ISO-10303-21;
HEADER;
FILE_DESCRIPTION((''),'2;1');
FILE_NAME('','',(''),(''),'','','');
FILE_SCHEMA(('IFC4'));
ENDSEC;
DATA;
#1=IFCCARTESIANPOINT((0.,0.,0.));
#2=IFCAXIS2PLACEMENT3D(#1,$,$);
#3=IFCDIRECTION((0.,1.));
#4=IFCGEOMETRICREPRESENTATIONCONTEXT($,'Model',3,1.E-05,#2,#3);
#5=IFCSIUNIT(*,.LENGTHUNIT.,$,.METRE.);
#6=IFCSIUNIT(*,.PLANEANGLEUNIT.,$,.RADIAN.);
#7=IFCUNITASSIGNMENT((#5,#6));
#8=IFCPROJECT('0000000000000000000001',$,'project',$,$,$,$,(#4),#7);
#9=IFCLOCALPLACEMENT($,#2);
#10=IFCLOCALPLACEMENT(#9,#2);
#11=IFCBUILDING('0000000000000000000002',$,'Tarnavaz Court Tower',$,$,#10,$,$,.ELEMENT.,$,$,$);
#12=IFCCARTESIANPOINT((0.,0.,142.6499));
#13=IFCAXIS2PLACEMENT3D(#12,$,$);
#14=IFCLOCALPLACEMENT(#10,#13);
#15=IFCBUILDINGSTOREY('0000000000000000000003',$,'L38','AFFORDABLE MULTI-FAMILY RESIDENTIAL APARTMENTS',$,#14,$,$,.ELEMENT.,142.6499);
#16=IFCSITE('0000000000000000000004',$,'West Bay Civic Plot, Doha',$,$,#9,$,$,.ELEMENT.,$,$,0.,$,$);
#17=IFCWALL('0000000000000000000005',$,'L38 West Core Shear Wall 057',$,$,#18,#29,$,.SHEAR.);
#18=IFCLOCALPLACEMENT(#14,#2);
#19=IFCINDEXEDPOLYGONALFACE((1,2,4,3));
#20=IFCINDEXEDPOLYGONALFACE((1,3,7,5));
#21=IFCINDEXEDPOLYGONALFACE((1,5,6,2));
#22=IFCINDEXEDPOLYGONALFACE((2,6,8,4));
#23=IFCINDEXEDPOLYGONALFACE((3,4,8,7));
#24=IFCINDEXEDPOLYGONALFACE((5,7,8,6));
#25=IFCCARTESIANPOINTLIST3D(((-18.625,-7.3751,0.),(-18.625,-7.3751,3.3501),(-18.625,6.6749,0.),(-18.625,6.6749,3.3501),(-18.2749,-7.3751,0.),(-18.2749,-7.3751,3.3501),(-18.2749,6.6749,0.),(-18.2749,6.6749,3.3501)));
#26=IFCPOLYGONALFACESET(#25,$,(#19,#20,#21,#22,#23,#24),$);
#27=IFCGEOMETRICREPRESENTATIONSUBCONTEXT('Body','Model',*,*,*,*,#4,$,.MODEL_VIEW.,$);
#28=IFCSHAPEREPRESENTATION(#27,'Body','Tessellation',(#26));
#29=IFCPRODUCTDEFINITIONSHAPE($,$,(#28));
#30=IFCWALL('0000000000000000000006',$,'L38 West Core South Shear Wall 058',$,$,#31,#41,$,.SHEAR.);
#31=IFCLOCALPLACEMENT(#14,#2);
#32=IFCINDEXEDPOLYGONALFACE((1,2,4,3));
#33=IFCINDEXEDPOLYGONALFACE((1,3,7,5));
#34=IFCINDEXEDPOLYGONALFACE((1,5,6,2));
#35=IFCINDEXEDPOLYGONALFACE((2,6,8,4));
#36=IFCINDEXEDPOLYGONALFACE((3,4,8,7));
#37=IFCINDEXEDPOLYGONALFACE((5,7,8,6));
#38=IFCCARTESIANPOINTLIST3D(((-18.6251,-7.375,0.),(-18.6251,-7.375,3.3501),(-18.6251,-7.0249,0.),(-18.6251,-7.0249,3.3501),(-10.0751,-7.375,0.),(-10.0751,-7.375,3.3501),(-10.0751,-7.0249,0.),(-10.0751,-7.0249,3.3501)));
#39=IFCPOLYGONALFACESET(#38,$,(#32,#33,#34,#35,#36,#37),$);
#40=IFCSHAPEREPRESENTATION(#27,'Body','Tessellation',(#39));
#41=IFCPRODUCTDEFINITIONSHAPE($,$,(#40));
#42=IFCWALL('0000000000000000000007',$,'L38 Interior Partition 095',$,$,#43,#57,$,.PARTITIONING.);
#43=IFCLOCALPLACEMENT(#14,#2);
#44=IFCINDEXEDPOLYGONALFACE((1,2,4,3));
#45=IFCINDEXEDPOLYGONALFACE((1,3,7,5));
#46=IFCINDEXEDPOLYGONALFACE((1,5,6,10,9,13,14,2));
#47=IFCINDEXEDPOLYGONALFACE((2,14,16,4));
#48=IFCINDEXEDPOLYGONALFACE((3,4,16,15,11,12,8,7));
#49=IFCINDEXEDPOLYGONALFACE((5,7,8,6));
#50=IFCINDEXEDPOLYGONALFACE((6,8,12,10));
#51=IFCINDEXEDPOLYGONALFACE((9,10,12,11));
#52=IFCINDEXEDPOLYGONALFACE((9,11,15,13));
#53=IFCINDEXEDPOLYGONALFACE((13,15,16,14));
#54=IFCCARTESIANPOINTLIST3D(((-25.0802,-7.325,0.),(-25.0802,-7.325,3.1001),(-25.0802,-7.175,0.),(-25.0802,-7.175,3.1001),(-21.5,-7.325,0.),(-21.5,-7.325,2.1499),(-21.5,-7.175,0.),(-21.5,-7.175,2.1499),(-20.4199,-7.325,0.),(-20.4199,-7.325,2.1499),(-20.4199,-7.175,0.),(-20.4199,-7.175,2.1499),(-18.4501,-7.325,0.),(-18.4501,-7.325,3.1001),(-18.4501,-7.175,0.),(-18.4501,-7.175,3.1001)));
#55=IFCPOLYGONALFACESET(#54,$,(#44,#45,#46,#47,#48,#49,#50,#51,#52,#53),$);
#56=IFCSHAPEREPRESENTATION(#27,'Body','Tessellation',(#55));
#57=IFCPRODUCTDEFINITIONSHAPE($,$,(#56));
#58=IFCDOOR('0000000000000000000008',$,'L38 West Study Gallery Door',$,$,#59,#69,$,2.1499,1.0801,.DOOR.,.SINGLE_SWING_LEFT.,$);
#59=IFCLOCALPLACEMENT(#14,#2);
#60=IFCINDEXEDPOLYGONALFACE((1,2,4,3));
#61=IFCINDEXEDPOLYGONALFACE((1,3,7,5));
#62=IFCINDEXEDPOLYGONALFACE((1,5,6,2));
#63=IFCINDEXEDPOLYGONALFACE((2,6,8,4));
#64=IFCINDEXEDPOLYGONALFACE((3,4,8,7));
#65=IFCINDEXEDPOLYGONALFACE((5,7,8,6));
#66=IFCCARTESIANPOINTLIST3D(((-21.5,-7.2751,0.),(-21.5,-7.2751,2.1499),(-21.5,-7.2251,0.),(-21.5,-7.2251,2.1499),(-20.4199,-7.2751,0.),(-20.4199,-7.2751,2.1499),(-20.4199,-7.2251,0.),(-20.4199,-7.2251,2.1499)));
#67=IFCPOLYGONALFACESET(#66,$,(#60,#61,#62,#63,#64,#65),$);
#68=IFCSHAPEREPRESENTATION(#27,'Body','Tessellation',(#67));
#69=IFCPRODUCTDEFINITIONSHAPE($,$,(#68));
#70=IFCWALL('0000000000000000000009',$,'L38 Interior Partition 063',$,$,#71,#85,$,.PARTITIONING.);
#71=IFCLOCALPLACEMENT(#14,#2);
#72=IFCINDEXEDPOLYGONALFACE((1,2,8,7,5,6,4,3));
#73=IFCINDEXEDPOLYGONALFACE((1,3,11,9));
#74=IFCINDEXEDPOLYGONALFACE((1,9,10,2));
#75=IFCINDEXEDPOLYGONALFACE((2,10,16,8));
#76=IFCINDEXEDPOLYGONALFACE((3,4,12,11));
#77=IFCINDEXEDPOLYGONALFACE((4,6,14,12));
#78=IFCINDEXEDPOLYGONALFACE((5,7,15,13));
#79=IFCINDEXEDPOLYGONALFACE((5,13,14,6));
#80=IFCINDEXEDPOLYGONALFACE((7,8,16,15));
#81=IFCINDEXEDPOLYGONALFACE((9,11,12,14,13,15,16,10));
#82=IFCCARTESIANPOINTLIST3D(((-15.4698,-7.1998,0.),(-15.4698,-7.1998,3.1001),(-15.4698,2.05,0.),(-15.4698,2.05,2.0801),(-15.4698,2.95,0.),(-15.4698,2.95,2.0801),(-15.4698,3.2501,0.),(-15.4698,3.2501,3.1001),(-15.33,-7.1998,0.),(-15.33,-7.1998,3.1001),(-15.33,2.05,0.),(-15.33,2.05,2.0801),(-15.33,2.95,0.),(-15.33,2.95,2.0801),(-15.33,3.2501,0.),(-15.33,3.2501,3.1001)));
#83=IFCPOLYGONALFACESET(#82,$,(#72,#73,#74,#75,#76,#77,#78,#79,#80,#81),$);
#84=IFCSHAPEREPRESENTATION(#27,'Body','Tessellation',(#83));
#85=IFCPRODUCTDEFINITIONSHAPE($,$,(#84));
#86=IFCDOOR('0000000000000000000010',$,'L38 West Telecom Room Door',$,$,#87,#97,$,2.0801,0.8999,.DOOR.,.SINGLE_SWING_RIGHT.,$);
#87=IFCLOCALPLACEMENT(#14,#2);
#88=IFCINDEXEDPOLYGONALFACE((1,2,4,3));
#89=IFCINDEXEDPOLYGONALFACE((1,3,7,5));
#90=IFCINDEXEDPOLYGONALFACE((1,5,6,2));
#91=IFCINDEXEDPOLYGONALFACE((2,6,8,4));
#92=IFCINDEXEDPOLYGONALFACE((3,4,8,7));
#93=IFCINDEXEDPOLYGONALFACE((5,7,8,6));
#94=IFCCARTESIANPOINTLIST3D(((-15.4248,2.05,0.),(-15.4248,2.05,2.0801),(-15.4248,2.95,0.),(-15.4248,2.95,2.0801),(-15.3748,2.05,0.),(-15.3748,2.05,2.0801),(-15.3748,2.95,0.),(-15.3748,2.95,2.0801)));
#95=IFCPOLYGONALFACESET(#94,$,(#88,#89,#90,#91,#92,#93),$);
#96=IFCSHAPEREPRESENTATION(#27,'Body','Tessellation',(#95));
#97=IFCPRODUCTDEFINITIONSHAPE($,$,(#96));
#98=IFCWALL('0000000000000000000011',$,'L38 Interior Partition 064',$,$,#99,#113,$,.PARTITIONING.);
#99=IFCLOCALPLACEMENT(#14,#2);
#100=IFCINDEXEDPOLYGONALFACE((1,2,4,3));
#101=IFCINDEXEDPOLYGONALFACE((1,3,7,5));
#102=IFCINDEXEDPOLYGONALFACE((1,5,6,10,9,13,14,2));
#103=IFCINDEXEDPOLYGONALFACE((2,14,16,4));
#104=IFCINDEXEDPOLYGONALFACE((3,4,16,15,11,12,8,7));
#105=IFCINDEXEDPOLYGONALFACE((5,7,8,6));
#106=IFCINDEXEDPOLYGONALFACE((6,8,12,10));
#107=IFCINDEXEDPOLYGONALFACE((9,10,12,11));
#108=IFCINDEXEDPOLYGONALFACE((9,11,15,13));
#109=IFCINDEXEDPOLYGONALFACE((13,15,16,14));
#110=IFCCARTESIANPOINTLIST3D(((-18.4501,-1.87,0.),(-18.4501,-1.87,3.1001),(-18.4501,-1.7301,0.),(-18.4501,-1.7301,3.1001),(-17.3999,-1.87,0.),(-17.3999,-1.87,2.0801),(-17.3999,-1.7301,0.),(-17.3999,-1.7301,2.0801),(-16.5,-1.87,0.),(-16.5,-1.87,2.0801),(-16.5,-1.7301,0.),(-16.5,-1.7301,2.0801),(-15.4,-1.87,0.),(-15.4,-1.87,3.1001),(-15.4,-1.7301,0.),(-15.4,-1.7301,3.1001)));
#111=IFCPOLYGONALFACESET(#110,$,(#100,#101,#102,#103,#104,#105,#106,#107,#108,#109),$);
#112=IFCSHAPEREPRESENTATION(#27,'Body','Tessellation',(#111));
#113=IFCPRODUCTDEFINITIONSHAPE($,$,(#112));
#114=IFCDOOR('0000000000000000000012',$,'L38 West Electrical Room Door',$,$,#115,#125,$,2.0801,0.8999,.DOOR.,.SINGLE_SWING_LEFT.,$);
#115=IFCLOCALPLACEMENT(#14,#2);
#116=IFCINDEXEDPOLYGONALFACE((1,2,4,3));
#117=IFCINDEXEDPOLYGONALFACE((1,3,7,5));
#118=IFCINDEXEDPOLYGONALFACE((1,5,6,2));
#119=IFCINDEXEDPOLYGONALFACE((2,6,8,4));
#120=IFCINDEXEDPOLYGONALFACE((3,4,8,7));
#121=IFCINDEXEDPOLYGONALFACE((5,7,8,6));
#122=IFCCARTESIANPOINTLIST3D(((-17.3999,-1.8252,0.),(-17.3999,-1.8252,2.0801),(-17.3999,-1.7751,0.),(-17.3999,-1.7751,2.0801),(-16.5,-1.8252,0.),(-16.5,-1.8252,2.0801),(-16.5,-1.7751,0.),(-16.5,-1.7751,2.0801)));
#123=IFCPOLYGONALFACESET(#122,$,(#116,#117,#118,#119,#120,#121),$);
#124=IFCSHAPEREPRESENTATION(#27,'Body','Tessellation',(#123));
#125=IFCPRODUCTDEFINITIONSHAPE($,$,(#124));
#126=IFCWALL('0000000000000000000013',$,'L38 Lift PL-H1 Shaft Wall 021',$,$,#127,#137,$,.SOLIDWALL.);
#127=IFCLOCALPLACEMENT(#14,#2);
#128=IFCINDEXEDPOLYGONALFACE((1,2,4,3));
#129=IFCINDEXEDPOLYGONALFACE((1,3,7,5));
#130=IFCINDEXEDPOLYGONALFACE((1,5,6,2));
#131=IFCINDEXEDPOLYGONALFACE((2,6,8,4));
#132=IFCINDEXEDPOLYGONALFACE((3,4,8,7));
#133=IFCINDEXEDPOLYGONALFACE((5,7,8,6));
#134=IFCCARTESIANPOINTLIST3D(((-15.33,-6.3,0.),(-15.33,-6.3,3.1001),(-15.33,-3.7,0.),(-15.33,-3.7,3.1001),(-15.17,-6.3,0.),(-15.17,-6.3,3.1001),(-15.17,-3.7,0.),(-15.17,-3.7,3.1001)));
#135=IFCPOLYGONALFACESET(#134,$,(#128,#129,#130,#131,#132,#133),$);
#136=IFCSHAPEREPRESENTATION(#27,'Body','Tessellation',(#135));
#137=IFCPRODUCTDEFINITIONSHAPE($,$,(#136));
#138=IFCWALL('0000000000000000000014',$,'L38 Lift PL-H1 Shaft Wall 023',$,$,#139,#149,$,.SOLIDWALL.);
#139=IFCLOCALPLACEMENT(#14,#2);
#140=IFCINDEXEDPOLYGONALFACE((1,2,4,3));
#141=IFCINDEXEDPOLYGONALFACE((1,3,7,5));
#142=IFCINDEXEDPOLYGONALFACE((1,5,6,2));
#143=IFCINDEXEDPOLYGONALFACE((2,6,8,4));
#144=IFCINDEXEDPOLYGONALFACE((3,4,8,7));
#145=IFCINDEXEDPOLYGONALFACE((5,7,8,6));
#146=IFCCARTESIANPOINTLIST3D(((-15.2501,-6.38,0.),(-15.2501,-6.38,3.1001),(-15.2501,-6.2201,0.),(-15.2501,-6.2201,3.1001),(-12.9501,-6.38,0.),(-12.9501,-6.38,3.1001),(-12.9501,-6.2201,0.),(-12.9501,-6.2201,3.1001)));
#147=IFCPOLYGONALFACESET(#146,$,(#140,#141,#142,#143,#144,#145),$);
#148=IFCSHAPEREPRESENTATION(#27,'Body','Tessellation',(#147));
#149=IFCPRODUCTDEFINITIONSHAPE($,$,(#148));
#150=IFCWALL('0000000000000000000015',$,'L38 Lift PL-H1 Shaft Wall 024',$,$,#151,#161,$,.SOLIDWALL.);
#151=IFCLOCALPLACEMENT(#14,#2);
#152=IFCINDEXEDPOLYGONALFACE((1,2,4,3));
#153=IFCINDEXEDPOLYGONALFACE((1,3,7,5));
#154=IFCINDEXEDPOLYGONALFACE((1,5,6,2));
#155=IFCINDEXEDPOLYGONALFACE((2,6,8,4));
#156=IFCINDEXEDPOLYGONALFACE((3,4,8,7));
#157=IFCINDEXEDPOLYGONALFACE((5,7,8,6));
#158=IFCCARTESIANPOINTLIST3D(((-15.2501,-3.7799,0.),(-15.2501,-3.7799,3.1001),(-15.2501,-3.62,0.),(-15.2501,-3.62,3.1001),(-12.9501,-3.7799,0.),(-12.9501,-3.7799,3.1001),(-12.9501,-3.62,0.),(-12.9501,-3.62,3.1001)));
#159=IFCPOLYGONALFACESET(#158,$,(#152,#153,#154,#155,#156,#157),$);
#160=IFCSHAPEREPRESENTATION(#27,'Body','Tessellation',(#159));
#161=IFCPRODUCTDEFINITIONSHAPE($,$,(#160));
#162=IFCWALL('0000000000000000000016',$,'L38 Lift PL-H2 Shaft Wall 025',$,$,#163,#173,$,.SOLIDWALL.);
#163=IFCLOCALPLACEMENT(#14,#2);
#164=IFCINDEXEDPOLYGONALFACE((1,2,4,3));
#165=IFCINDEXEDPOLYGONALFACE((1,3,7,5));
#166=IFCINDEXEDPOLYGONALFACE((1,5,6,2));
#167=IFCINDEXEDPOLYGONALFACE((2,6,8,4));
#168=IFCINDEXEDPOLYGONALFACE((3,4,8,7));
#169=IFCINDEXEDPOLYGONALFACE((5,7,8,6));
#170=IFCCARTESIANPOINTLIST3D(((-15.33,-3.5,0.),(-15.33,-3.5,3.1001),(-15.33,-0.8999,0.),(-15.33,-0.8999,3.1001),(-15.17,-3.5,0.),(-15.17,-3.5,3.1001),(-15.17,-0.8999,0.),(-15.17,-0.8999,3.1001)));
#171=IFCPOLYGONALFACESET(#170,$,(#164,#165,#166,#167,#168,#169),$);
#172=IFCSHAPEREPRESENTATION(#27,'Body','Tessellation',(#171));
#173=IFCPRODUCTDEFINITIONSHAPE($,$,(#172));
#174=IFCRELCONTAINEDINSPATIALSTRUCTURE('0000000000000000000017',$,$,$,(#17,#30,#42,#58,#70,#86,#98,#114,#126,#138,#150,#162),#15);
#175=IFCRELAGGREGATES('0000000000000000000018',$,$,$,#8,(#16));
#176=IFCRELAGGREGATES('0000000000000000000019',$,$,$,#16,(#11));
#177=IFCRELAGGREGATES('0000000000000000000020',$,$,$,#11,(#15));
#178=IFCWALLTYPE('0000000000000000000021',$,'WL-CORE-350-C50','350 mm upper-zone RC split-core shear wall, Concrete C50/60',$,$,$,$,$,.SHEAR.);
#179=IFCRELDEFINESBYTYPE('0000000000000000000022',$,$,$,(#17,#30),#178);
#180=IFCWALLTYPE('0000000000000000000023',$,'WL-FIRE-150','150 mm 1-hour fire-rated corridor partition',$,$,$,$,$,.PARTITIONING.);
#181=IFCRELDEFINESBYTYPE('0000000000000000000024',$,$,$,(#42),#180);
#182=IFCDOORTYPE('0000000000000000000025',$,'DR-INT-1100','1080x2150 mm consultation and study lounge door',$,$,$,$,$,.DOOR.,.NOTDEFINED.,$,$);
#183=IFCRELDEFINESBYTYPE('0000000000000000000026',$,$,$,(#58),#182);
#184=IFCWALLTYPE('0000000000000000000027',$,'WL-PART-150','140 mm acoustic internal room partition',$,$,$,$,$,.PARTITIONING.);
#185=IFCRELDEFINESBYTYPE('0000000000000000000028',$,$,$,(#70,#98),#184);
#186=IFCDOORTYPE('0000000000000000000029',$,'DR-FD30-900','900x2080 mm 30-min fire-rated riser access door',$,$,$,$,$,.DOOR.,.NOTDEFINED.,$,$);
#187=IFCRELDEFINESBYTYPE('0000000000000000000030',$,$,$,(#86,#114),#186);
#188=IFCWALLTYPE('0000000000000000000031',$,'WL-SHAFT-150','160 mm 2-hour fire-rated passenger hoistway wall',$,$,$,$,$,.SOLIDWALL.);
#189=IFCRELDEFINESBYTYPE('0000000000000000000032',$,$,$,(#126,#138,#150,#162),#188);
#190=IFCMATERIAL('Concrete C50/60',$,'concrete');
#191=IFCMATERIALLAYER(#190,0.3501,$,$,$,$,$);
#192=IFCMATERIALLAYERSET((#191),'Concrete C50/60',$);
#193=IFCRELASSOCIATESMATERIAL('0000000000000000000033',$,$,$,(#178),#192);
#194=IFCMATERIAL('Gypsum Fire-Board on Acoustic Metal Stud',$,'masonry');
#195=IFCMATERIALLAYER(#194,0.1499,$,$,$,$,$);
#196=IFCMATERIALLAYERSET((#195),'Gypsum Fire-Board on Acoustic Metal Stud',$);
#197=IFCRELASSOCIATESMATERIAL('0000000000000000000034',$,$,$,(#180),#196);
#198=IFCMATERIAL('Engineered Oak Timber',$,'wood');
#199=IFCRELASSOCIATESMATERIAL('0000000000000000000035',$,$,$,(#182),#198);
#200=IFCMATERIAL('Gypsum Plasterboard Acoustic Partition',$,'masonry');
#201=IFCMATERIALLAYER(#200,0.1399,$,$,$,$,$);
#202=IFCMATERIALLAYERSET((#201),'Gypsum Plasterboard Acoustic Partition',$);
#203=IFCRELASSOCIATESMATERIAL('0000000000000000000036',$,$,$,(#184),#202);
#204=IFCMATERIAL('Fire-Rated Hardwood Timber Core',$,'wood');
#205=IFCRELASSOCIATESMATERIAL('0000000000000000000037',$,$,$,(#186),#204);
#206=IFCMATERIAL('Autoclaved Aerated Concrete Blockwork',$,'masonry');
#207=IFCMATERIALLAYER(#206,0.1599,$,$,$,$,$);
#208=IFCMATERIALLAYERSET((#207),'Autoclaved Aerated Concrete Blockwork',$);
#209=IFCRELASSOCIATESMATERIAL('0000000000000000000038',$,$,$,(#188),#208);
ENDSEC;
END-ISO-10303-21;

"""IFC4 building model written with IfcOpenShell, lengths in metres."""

from ifc_helpers import new_model, si_unit, direction, frame, frame_2d, origin, place, context, subcontext, project, spatial, rectangle, extrude, material, layer, layer_set, type_object, element, fill, save


model = new_model("IFC4")

# Units and contexts
model_context = context("Model", 3, precision=1e-05, world=origin(), true_north=direction((0.0, 1.0)))
body_context = subcontext(model_context, "Body", "Model", "MODEL_VIEW")
ifc_project = project(units=[si_unit("LENGTHUNIT", "METRE"), si_unit("PLANEANGLEUNIT", "RADIAN")], contexts=[model_context])

# Site, building, storey
site_placement = place(None, origin())
site = spatial("IfcSite", under=ifc_project, at=site_placement, Name="West Bay Civic Plot, Doha", CompositionType="ELEMENT", RefElevation=0.0)
building_placement = place(site_placement, origin())
building = spatial("IfcBuilding", under=site, at=building_placement, Name="Tarnavaz Court Tower", CompositionType="ELEMENT")
storey_placement = place(building_placement, frame((0.0, 0.0, 142.6499)))
storey = spatial("IfcBuildingStorey", under=building, at=storey_placement, Name="L38", Description="AFFORDABLE MULTI-FAMILY RESIDENTIAL APARTMENTS", CompositionType="ELEMENT", Elevation=142.6499)

# Shared definitions
ifc_material_1 = material(Name="Concrete C50/60", Category="concrete")

# Walls
ifc_layer_1 = layer(ifc_material_1, 0.3501)
ifc_layer_set_1 = layer_set([ifc_layer_1], Name="Concrete C50/60")
wall_type_1 = type_object("IfcWallType", Name="WL-CORE-350-C50", Description="350 mm upper-zone RC split-core shear wall, Concrete C50/60", PredefinedType="SHEAR", material=ifc_layer_set_1)
wall_1_placement = place(storey_placement, frame((-18.45, -7.375, 0.0), z_axis=(0.0, 0.0, 1.0), x_axis=(0.0, 1.0, 0.0)))
element("IfcWall", 1, at=wall_1_placement, inside=storey, type_object=wall_type_1, Name="L38 West Core Shear Wall 057", PredefinedType="SHEAR", context=body_context, shape_type="SweptSolid", body=[
    extrude(rectangle(XDim=14.05, YDim=0.3501, at=frame_2d((7.0249, 0.0))), origin(), (0.0, 0.0, 1.0), 3.3501),
])
wall_2_placement = place(storey_placement, frame((-18.625, -7.2, 0.0), z_axis=(0.0, 0.0, 1.0), x_axis=(1.0, 0.0, 0.0)))
element("IfcWall", 2, at=wall_2_placement, inside=storey, type_object=wall_type_1, Name="L38 West Core South Shear Wall 058", PredefinedType="SHEAR", context=body_context, shape_type="SweptSolid", body=[
    extrude(rectangle(XDim=8.55, YDim=0.3501, at=frame_2d((4.2749, 0.0))), origin(), (0.0, 0.0, 1.0), 3.3501),
])

# Shared definitions
ifc_material_2 = material(Name="Gypsum Fire-Board on Acoustic Metal Stud", Category="masonry")
ifc_layer_2 = layer(ifc_material_2, 0.1499)
ifc_layer_set_2 = layer_set([ifc_layer_2], Name="Gypsum Fire-Board on Acoustic Metal Stud")
wall_type_2 = type_object("IfcWallType", Name="WL-FIRE-150", Description="150 mm 1-hour fire-rated corridor partition", PredefinedType="PARTITIONING", material=ifc_layer_set_2)
ifc_material_3 = material(Name="Engineered Oak Timber", Category="wood")

# Walls, openings, doors
wall_3_placement = place(storey_placement, frame((-25.0801, -7.25, 0.0), z_axis=(0.0, 0.0, 1.0), x_axis=(1.0, 0.0, 0.0)))
wall_3 = element("IfcWall", 3, at=wall_3_placement, inside=storey, type_object=wall_type_2, Name="L38 Interior Partition 095", PredefinedType="PARTITIONING", context=body_context, shape_type="SweptSolid", body=[
    extrude(rectangle(XDim=6.6301, YDim=0.1499, at=frame_2d((3.3149, 0.0))), origin(), (0.0, 0.0, 1.0), 3.1001),
])
opening_1_placement = place(wall_3_placement, frame((3.5801, 0.0, 0.0)))
opening_1 = element("IfcOpeningElement", 4, at=opening_1_placement, cuts=wall_3, PredefinedType="OPENING", context=body_context, shape_type="SweptSolid", body=[
    extrude(rectangle(XDim=1.0801, YDim=2.1499, at=frame_2d((0.54, 1.075))), frame((0.0, 0.085, 0.0), z_axis=(0.0, -1.0, 0.0), x_axis=(1.0, 0.0, 0.0)), (0.0, 0.0, 1.0), 0.1699),
])
door_type_1 = type_object("IfcDoorType", Name="DR-INT-1100", Description="1080x2150 mm consultation and study lounge door", OperationType="NOTDEFINED", PredefinedType="DOOR", material=ifc_material_3)
door_1_placement = place(opening_1_placement, origin())
door_1 = element("IfcDoor", 5, at=door_1_placement, inside=storey, type_object=door_type_1, Name="L38 West Study Gallery Door", OperationType="SINGLE_SWING_LEFT", OverallHeight=2.1499, OverallWidth=1.0801, PredefinedType="DOOR", context=body_context, shape_type="SweptSolid", body=[
    extrude(rectangle(XDim=1.0801, YDim=2.1499, at=frame_2d((0.54, 1.075))), frame((0.0, 0.0249, 0.0), z_axis=(0.0, -1.0, 0.0), x_axis=(1.0, 0.0, 0.0)), (0.0, 0.0, 1.0), 0.05),
])
fill(opening_1, door_1)
ifc_material_4 = material(Name="Gypsum Plasterboard Acoustic Partition", Category="masonry")
ifc_layer_3 = layer(ifc_material_4, 0.1399)
ifc_layer_set_3 = layer_set([ifc_layer_3], Name="Gypsum Plasterboard Acoustic Partition")
wall_type_3 = type_object("IfcWallType", Name="WL-PART-150", Description="140 mm acoustic internal room partition", PredefinedType="PARTITIONING", material=ifc_layer_set_3)
wall_4_placement = place(storey_placement, frame((-15.3999, -7.2, 0.0), z_axis=(0.0, 0.0, 1.0), x_axis=(0.0, 1.0, 0.0)))
wall_4 = element("IfcWall", 6, at=wall_4_placement, inside=storey, type_object=wall_type_3, Name="L38 Interior Partition 063", PredefinedType="PARTITIONING", context=body_context, shape_type="SweptSolid", body=[
    extrude(rectangle(XDim=10.45, YDim=0.1399, at=frame_2d((5.2251, 0.0))), origin(), (0.0, 0.0, 1.0), 3.1001),
])
opening_2_placement = place(wall_4_placement, frame((9.25, 0.0, 0.0)))
opening_2 = element("IfcOpeningElement", 7, at=opening_2_placement, cuts=wall_4, PredefinedType="OPENING", context=body_context, shape_type="SweptSolid", body=[
    extrude(rectangle(XDim=0.8999, YDim=2.0801, at=frame_2d((0.45, 1.04))), frame((0.0, 0.0798, 0.0), z_axis=(0.0, -1.0, 0.0), x_axis=(1.0, 0.0, 0.0)), (0.0, 0.0, 1.0), 0.1599),
])
ifc_material_5 = material(Name="Fire-Rated Hardwood Timber Core", Category="wood")
door_type_2 = type_object("IfcDoorType", Name="DR-FD30-900", Description="900x2080 mm 30-min fire-rated riser access door", OperationType="NOTDEFINED", PredefinedType="DOOR", material=ifc_material_5)
door_2_placement = place(opening_2_placement, origin())
door_2 = element("IfcDoor", 8, at=door_2_placement, inside=storey, type_object=door_type_2, Name="L38 West Telecom Room Door", OperationType="SINGLE_SWING_RIGHT", OverallHeight=2.0801, OverallWidth=0.8999, PredefinedType="DOOR", context=body_context, shape_type="SweptSolid", body=[
    extrude(rectangle(XDim=0.8999, YDim=2.0801, at=frame_2d((0.45, 1.04))), frame((0.0, 0.0249, 0.0), z_axis=(0.0, -1.0, 0.0), x_axis=(1.0, 0.0, 0.0)), (0.0, 0.0, 1.0), 0.05),
])
fill(opening_2, door_2)
wall_5_placement = place(storey_placement, frame((-18.45, -1.8, 0.0), z_axis=(0.0, 0.0, 1.0), x_axis=(1.0, 0.0, 0.0)))
wall_5 = element("IfcWall", 9, at=wall_5_placement, inside=storey, type_object=wall_type_3, Name="L38 Interior Partition 064", PredefinedType="PARTITIONING", context=body_context, shape_type="SweptSolid", body=[
    extrude(rectangle(XDim=3.05, YDim=0.1399, at=frame_2d((1.5249, 0.0))), origin(), (0.0, 0.0, 1.0), 3.1001),
])
opening_3_placement = place(wall_5_placement, frame((1.05, 0.0, 0.0)))
opening_3 = element("IfcOpeningElement", 10, at=opening_3_placement, cuts=wall_5, PredefinedType="OPENING", context=body_context, shape_type="SweptSolid", body=[
    extrude(rectangle(XDim=0.8999, YDim=2.0801, at=frame_2d((0.45, 1.04))), frame((0.0, 0.0798, 0.0), z_axis=(0.0, -1.0, 0.0), x_axis=(1.0, 0.0, 0.0)), (0.0, 0.0, 1.0), 0.1599),
])
door_3_placement = place(opening_3_placement, origin())
door_3 = element("IfcDoor", 11, at=door_3_placement, inside=storey, type_object=door_type_2, Name="L38 West Electrical Room Door", OperationType="SINGLE_SWING_LEFT", OverallHeight=2.0801, OverallWidth=0.8999, PredefinedType="DOOR", context=body_context, shape_type="SweptSolid", body=[
    extrude(rectangle(XDim=0.8999, YDim=2.0801, at=frame_2d((0.45, 1.04))), frame((0.0, 0.0249, 0.0), z_axis=(0.0, -1.0, 0.0), x_axis=(1.0, 0.0, 0.0)), (0.0, 0.0, 1.0), 0.05),
])
fill(opening_3, door_3)

# Walls
ifc_material_6 = material(Name="Autoclaved Aerated Concrete Blockwork", Category="masonry")
ifc_layer_4 = layer(ifc_material_6, 0.1599)
ifc_layer_set_4 = layer_set([ifc_layer_4], Name="Autoclaved Aerated Concrete Blockwork")
wall_type_4 = type_object("IfcWallType", Name="WL-SHAFT-150", Description="160 mm 2-hour fire-rated passenger hoistway wall", PredefinedType="SOLIDWALL", material=ifc_layer_set_4)
wall_6_placement = place(storey_placement, frame((-15.25, -6.3, 0.0), z_axis=(0.0, 0.0, 1.0), x_axis=(0.0, 1.0, 0.0)))
element("IfcWall", 12, at=wall_6_placement, inside=storey, type_object=wall_type_4, Name="L38 Lift PL-H1 Shaft Wall 021", PredefinedType="SOLIDWALL", context=body_context, shape_type="SweptSolid", body=[
    extrude(rectangle(XDim=2.6001, YDim=0.1599, at=frame_2d((1.3, 0.0))), origin(), (0.0, 0.0, 1.0), 3.1001),
])
for number, where, z_axis, x_axis, name in (
    (13, (-15.25, -6.3, 0.0), (0.0, 0.0, 1.0), (1.0, 0.0, 0.0), "L38 Lift PL-H1 Shaft Wall 023"),
    (14, (-15.25, -3.7, 0.0), (0.0, 0.0, 1.0), (1.0, 0.0, 0.0), "L38 Lift PL-H1 Shaft Wall 024"),
):
    element("IfcWall", number, at=place(storey_placement, frame(where, z_axis=z_axis, x_axis=x_axis)), inside=storey, type_object=wall_type_4, Name=name, PredefinedType="SOLIDWALL", context=body_context, shape_type="SweptSolid", body=[
        extrude(rectangle(XDim=2.3, YDim=0.1599, at=frame_2d((1.1499, 0.0))), origin(), (0.0, 0.0, 1.0), 3.1001),
    ])
wall_7_placement = place(storey_placement, frame((-15.25, -3.5, 0.0), z_axis=(0.0, 0.0, 1.0), x_axis=(0.0, 1.0, 0.0)))
element("IfcWall", 15, at=wall_7_placement, inside=storey, type_object=wall_type_4, Name="L38 Lift PL-H2 Shaft Wall 025", PredefinedType="SOLIDWALL", context=body_context, shape_type="SweptSolid", body=[
    extrude(rectangle(XDim=2.6001, YDim=0.1599, at=frame_2d((1.3, 0.0))), origin(), (0.0, 0.0, 1.0), 3.1001),
])

save(model, "model.ifc")
